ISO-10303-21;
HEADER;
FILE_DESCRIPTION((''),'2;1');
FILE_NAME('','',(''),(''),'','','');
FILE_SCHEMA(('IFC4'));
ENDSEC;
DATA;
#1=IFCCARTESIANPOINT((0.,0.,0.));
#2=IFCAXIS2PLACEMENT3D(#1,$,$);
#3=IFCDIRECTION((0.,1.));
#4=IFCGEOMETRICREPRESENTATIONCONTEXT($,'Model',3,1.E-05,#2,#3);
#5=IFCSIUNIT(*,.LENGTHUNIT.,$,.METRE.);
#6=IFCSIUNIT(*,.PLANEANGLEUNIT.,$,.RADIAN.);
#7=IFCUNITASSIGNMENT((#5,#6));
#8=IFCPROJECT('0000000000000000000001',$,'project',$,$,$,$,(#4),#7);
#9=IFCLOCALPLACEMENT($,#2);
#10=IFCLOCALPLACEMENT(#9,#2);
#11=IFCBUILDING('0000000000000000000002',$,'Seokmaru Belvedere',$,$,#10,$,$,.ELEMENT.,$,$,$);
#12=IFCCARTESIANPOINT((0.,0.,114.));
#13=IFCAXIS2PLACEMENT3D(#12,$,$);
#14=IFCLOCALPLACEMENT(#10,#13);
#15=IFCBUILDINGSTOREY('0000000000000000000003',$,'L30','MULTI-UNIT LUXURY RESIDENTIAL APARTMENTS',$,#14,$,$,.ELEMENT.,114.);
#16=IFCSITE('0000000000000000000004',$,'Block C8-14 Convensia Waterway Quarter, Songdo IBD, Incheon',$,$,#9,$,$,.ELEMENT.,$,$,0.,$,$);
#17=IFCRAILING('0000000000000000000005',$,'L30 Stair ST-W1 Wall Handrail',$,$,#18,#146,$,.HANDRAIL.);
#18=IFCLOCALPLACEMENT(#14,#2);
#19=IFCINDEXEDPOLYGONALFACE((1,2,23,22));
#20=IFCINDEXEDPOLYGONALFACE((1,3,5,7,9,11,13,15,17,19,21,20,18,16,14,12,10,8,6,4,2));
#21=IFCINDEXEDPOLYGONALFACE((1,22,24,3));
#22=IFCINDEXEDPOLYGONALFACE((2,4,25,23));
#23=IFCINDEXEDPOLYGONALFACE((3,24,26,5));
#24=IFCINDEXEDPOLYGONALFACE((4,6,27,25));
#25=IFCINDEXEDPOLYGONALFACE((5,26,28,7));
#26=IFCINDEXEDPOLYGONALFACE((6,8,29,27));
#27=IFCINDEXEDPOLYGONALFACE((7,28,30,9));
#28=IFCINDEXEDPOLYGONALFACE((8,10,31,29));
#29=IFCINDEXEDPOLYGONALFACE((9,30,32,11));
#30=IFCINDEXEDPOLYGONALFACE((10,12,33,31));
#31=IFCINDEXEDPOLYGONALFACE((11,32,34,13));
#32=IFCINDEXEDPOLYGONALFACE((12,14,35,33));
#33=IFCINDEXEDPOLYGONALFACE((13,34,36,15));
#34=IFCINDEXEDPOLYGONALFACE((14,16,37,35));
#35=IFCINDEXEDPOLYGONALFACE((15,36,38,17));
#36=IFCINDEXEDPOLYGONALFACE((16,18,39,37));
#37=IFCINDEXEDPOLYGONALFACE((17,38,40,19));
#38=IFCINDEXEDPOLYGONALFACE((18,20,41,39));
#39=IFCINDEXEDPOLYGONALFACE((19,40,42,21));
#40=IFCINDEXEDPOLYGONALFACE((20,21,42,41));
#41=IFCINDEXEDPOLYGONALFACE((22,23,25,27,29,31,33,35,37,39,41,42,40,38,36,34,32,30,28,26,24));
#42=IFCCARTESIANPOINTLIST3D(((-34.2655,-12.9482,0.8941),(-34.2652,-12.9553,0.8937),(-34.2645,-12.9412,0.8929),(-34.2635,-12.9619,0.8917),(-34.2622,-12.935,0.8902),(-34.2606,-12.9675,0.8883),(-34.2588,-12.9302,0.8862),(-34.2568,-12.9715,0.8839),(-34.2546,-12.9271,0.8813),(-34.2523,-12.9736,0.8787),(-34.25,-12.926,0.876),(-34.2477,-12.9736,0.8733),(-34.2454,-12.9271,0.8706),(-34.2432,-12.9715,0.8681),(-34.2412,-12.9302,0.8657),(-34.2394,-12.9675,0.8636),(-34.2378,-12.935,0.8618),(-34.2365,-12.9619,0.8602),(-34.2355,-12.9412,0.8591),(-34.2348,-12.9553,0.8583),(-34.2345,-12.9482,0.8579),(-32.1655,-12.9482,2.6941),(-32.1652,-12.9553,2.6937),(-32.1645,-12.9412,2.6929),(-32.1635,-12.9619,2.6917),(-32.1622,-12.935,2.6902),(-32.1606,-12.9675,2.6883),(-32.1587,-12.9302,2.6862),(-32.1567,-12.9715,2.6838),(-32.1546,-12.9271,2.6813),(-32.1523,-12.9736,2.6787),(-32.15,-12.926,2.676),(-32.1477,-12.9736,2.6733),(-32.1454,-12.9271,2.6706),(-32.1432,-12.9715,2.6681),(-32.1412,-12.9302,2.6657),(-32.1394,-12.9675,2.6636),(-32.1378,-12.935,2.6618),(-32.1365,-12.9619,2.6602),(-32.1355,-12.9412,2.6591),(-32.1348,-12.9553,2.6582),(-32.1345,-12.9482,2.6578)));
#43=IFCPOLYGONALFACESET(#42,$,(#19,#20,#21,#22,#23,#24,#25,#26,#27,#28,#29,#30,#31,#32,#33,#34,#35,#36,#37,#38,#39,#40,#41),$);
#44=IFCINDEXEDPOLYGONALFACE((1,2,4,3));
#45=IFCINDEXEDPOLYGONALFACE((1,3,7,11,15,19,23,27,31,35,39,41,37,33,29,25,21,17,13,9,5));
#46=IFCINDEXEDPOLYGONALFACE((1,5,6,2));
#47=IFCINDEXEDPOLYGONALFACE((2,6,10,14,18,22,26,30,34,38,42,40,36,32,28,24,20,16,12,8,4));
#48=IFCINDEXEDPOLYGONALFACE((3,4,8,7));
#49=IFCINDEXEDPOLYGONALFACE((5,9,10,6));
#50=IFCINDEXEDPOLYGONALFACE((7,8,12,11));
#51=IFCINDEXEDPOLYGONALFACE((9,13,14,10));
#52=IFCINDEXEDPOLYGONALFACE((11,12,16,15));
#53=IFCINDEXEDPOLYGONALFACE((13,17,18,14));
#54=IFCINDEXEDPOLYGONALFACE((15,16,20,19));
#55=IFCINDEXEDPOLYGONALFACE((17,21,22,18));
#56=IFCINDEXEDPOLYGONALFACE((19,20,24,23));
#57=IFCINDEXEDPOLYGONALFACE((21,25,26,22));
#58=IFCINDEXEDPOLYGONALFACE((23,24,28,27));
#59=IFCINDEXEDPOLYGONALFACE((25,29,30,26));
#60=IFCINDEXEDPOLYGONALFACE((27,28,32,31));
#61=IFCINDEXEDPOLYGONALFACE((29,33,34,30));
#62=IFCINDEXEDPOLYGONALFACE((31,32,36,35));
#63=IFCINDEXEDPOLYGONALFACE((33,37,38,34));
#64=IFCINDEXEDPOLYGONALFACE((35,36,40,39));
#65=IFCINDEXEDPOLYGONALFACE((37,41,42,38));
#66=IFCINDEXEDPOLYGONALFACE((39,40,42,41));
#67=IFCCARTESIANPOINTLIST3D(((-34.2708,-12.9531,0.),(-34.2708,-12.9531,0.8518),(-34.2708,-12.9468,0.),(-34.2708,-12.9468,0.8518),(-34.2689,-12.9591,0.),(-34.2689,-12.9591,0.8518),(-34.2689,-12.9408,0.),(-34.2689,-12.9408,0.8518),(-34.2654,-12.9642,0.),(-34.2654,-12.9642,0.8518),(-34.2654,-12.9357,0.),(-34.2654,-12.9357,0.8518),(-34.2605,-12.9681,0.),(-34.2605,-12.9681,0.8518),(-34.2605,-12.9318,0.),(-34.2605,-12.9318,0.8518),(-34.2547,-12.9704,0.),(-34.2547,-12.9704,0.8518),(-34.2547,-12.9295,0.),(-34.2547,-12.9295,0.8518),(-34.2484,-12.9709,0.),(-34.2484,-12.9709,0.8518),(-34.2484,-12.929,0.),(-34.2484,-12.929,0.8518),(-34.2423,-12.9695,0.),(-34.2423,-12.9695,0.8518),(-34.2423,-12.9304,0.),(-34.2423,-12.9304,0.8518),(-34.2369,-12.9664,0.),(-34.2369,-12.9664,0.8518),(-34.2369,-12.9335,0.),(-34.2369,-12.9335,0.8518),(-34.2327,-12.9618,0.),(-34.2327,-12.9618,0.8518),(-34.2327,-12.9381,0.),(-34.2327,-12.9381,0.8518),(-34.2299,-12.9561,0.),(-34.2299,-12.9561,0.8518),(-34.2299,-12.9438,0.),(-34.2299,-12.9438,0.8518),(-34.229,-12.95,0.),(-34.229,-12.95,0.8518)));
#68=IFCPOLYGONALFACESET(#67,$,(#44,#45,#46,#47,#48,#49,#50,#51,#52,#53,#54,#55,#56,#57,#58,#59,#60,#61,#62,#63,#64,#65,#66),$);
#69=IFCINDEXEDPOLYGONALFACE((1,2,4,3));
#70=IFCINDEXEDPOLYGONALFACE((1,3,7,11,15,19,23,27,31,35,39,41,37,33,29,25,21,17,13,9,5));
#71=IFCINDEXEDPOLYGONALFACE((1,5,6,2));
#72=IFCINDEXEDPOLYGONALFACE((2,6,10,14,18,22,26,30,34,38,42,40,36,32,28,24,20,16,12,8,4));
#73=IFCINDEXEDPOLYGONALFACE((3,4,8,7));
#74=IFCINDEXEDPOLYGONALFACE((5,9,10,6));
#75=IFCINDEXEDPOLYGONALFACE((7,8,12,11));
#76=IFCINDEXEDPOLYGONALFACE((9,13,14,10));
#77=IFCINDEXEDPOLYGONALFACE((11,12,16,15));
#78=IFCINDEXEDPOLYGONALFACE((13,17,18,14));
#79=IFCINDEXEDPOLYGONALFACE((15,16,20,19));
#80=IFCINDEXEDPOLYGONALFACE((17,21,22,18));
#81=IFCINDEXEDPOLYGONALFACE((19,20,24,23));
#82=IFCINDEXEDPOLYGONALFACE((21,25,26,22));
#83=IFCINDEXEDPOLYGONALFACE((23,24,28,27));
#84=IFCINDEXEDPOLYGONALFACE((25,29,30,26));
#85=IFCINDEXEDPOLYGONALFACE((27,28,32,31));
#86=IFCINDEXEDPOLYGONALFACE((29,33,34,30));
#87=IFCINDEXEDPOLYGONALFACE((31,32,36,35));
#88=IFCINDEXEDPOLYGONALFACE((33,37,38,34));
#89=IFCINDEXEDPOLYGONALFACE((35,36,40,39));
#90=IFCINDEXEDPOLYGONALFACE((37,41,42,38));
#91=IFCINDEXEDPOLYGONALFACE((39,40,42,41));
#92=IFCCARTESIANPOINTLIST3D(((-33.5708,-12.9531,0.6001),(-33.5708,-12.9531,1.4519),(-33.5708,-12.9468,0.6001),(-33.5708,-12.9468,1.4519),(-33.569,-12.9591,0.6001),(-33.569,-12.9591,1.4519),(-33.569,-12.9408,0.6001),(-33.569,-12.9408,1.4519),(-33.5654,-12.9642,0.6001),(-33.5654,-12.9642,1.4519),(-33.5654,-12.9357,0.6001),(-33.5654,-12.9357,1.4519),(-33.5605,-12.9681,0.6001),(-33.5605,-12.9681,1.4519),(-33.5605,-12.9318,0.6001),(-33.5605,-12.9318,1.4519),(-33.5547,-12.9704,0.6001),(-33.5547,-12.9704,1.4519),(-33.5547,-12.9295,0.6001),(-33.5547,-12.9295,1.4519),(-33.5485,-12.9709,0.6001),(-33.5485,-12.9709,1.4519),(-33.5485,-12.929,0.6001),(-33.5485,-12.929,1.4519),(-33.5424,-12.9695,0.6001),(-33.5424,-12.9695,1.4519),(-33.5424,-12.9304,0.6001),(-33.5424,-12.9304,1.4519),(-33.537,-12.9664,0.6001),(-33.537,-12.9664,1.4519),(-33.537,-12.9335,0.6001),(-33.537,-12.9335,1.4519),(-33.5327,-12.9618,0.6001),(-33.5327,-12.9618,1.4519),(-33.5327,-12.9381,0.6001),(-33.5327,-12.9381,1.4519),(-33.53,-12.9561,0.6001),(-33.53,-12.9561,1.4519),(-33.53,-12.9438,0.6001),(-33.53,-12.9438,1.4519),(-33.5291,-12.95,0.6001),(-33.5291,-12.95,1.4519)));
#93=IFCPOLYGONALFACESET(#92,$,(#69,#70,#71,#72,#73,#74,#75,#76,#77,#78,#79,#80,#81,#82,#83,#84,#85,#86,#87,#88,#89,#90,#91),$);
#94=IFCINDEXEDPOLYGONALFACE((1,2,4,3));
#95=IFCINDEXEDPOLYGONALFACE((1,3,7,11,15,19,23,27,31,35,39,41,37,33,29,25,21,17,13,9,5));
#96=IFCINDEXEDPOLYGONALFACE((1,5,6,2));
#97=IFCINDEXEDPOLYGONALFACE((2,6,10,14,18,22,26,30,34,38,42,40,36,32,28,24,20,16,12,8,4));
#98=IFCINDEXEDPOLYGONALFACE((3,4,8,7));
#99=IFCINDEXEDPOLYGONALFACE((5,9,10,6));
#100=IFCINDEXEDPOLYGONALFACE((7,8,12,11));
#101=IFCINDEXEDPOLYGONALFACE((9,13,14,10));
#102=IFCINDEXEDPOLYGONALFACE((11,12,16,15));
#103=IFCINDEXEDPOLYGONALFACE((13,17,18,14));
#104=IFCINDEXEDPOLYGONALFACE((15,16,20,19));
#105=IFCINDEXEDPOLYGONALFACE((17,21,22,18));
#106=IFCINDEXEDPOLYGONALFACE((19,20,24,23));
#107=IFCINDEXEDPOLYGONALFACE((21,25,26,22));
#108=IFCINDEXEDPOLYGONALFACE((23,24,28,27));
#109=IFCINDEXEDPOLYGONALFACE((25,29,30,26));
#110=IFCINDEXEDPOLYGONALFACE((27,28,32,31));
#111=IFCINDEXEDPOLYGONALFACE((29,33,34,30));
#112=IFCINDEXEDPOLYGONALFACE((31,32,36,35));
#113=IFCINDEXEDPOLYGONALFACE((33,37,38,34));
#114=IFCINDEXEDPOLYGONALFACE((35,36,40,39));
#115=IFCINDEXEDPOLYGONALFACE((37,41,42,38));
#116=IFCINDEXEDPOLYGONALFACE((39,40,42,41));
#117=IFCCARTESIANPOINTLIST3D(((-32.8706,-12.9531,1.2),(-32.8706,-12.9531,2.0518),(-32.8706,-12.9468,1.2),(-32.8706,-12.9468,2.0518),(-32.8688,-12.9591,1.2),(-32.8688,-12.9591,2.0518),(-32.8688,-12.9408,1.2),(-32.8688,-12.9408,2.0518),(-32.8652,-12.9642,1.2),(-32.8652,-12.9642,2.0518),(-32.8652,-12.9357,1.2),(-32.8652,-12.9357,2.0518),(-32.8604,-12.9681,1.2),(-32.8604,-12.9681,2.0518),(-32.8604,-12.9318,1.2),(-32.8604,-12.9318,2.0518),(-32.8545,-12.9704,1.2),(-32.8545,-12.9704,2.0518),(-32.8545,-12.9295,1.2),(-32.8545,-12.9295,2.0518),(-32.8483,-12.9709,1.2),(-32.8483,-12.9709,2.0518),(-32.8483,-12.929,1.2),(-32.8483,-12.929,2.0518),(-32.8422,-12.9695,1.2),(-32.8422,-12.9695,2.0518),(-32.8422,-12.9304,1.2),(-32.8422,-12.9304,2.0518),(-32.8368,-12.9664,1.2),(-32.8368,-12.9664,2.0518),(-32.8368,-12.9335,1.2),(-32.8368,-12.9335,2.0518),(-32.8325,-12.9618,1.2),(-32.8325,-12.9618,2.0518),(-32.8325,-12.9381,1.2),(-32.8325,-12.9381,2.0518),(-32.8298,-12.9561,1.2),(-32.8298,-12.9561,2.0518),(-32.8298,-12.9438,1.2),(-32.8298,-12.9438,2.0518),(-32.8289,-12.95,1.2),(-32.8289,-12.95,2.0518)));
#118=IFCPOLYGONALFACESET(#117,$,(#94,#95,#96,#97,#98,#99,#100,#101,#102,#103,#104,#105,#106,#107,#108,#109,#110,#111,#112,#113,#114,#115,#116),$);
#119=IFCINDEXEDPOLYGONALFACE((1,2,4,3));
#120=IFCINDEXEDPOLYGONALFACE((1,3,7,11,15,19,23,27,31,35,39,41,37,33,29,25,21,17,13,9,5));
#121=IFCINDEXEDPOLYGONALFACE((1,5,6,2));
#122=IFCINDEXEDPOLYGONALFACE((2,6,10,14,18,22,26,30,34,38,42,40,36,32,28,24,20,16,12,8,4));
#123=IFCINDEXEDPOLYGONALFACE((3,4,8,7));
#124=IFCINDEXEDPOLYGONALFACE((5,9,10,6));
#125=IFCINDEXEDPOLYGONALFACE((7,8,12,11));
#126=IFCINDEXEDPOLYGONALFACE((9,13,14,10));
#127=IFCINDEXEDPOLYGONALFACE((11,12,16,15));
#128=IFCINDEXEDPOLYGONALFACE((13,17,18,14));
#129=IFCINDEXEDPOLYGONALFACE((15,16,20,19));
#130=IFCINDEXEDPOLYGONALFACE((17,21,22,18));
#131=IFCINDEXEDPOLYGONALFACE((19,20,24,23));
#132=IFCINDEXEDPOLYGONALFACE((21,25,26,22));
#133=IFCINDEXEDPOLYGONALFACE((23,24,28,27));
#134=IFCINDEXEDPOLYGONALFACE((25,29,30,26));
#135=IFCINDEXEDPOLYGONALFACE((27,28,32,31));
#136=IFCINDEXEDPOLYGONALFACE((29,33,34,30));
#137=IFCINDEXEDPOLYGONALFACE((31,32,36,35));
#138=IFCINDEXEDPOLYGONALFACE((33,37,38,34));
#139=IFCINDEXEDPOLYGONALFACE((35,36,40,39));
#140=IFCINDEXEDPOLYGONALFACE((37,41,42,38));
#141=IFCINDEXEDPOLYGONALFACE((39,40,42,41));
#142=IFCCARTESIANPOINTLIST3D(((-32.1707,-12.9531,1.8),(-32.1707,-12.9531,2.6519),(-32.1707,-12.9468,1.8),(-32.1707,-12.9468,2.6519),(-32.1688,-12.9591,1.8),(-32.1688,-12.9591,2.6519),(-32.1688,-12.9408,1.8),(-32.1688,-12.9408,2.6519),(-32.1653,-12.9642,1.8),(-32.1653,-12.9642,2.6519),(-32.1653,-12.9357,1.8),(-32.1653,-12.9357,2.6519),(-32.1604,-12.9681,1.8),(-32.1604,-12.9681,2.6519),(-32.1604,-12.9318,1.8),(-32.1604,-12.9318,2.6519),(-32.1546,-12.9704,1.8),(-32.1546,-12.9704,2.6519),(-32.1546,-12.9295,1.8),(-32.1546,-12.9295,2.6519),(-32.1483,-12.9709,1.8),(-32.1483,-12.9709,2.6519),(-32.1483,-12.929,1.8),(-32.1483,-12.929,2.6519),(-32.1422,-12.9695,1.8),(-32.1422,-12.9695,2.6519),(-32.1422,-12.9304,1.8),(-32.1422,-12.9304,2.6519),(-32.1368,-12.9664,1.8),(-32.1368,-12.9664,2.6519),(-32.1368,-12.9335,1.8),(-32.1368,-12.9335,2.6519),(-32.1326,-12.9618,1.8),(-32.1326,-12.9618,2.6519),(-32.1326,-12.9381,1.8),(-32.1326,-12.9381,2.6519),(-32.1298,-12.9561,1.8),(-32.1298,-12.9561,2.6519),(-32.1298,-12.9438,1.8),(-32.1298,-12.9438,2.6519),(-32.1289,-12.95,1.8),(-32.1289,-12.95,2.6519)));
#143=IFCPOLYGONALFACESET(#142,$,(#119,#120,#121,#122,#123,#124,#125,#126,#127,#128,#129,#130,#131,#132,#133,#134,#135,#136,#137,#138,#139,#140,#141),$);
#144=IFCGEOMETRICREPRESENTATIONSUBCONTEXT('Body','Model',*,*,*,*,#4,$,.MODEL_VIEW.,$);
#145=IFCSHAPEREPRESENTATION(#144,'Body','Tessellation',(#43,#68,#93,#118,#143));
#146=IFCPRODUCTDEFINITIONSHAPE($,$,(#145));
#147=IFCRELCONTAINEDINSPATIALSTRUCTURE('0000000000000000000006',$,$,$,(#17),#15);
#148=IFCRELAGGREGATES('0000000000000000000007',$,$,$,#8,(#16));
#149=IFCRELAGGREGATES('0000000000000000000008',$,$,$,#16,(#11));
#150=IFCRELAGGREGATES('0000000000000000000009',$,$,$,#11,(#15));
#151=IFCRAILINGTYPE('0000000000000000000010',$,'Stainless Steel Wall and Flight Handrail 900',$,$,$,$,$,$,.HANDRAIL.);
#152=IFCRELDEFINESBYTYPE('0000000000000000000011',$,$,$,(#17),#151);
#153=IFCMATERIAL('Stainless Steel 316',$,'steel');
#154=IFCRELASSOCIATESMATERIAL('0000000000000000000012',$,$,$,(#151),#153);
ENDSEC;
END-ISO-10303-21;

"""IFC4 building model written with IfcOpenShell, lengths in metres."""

from ifc_helpers import new_model, si_unit, direction, frame, origin, origin_2d, place, context, subcontext, project, spatial, circle, extrude, material, type_object, element, save


model = new_model("IFC4")

# Units and contexts
model_context = context("Model", 3, precision=1e-05, world=origin(), true_north=direction((0.0, 1.0)))
body_context = subcontext(model_context, "Body", "Model", "MODEL_VIEW")
ifc_project = project(units=[si_unit("LENGTHUNIT", "METRE"), si_unit("PLANEANGLEUNIT", "RADIAN")], contexts=[model_context])

# Site, building, storey
site_placement = place(None, origin())
site = spatial("IfcSite", under=ifc_project, at=site_placement, Name="Block C8-14 Convensia Waterway Quarter, Songdo IBD, Incheon", CompositionType="ELEMENT", RefElevation=0.0)
building_placement = place(site_placement, origin())
building = spatial("IfcBuilding", under=site, at=building_placement, Name="Seokmaru Belvedere", CompositionType="ELEMENT")
storey_placement = place(building_placement, frame((0.0, 0.0, 114.0)))
storey = spatial("IfcBuildingStorey", under=building, at=storey_placement, Name="L30", Description="MULTI-UNIT LUXURY RESIDENTIAL APARTMENTS", CompositionType="ELEMENT", Elevation=114.0)

# Railing
ifc_material_1 = material(Name="Stainless Steel 316", Category="steel")
railing_type_1 = type_object("IfcRailingType", Name="Stainless Steel Wall and Flight Handrail 900", PredefinedType="HANDRAIL", material=ifc_material_1)
railing_1_placement = place(storey_placement, frame((-34.25, -12.95, 0.0)))
element("IfcRailing", 1, at=railing_1_placement, inside=storey, type_object=railing_type_1, Name="L30 Stair ST-W1 Wall Handrail", PredefinedType="HANDRAIL", context=body_context, shape_type="SweptSolid", body=[
    extrude(circle(Radius=0.0239, at=origin_2d()), frame((0.0, 0.0, 0.876), z_axis=(0.759263, 0.0, 0.650784), x_axis=(0.0, 1.0, 0.0)), (0.0, 0.0, 1.0), 2.7659),
    extrude(circle(Radius=0.021, at=origin_2d()), origin(), (0.0, 0.0, 1.0), 0.8518),
    extrude(circle(Radius=0.021, at=origin_2d()), frame((0.7, 0.0, 0.6001)), (0.0, 0.0, 1.0), 0.8518),
    extrude(circle(Radius=0.021, at=origin_2d()), frame((1.4001, 0.0, 1.2)), (0.0, 0.0, 1.0), 0.8518),
    extrude(circle(Radius=0.021, at=origin_2d()), frame((2.1001, 0.0, 1.8)), (0.0, 0.0, 1.0), 0.8518),
])

save(model, "model.ifc")
